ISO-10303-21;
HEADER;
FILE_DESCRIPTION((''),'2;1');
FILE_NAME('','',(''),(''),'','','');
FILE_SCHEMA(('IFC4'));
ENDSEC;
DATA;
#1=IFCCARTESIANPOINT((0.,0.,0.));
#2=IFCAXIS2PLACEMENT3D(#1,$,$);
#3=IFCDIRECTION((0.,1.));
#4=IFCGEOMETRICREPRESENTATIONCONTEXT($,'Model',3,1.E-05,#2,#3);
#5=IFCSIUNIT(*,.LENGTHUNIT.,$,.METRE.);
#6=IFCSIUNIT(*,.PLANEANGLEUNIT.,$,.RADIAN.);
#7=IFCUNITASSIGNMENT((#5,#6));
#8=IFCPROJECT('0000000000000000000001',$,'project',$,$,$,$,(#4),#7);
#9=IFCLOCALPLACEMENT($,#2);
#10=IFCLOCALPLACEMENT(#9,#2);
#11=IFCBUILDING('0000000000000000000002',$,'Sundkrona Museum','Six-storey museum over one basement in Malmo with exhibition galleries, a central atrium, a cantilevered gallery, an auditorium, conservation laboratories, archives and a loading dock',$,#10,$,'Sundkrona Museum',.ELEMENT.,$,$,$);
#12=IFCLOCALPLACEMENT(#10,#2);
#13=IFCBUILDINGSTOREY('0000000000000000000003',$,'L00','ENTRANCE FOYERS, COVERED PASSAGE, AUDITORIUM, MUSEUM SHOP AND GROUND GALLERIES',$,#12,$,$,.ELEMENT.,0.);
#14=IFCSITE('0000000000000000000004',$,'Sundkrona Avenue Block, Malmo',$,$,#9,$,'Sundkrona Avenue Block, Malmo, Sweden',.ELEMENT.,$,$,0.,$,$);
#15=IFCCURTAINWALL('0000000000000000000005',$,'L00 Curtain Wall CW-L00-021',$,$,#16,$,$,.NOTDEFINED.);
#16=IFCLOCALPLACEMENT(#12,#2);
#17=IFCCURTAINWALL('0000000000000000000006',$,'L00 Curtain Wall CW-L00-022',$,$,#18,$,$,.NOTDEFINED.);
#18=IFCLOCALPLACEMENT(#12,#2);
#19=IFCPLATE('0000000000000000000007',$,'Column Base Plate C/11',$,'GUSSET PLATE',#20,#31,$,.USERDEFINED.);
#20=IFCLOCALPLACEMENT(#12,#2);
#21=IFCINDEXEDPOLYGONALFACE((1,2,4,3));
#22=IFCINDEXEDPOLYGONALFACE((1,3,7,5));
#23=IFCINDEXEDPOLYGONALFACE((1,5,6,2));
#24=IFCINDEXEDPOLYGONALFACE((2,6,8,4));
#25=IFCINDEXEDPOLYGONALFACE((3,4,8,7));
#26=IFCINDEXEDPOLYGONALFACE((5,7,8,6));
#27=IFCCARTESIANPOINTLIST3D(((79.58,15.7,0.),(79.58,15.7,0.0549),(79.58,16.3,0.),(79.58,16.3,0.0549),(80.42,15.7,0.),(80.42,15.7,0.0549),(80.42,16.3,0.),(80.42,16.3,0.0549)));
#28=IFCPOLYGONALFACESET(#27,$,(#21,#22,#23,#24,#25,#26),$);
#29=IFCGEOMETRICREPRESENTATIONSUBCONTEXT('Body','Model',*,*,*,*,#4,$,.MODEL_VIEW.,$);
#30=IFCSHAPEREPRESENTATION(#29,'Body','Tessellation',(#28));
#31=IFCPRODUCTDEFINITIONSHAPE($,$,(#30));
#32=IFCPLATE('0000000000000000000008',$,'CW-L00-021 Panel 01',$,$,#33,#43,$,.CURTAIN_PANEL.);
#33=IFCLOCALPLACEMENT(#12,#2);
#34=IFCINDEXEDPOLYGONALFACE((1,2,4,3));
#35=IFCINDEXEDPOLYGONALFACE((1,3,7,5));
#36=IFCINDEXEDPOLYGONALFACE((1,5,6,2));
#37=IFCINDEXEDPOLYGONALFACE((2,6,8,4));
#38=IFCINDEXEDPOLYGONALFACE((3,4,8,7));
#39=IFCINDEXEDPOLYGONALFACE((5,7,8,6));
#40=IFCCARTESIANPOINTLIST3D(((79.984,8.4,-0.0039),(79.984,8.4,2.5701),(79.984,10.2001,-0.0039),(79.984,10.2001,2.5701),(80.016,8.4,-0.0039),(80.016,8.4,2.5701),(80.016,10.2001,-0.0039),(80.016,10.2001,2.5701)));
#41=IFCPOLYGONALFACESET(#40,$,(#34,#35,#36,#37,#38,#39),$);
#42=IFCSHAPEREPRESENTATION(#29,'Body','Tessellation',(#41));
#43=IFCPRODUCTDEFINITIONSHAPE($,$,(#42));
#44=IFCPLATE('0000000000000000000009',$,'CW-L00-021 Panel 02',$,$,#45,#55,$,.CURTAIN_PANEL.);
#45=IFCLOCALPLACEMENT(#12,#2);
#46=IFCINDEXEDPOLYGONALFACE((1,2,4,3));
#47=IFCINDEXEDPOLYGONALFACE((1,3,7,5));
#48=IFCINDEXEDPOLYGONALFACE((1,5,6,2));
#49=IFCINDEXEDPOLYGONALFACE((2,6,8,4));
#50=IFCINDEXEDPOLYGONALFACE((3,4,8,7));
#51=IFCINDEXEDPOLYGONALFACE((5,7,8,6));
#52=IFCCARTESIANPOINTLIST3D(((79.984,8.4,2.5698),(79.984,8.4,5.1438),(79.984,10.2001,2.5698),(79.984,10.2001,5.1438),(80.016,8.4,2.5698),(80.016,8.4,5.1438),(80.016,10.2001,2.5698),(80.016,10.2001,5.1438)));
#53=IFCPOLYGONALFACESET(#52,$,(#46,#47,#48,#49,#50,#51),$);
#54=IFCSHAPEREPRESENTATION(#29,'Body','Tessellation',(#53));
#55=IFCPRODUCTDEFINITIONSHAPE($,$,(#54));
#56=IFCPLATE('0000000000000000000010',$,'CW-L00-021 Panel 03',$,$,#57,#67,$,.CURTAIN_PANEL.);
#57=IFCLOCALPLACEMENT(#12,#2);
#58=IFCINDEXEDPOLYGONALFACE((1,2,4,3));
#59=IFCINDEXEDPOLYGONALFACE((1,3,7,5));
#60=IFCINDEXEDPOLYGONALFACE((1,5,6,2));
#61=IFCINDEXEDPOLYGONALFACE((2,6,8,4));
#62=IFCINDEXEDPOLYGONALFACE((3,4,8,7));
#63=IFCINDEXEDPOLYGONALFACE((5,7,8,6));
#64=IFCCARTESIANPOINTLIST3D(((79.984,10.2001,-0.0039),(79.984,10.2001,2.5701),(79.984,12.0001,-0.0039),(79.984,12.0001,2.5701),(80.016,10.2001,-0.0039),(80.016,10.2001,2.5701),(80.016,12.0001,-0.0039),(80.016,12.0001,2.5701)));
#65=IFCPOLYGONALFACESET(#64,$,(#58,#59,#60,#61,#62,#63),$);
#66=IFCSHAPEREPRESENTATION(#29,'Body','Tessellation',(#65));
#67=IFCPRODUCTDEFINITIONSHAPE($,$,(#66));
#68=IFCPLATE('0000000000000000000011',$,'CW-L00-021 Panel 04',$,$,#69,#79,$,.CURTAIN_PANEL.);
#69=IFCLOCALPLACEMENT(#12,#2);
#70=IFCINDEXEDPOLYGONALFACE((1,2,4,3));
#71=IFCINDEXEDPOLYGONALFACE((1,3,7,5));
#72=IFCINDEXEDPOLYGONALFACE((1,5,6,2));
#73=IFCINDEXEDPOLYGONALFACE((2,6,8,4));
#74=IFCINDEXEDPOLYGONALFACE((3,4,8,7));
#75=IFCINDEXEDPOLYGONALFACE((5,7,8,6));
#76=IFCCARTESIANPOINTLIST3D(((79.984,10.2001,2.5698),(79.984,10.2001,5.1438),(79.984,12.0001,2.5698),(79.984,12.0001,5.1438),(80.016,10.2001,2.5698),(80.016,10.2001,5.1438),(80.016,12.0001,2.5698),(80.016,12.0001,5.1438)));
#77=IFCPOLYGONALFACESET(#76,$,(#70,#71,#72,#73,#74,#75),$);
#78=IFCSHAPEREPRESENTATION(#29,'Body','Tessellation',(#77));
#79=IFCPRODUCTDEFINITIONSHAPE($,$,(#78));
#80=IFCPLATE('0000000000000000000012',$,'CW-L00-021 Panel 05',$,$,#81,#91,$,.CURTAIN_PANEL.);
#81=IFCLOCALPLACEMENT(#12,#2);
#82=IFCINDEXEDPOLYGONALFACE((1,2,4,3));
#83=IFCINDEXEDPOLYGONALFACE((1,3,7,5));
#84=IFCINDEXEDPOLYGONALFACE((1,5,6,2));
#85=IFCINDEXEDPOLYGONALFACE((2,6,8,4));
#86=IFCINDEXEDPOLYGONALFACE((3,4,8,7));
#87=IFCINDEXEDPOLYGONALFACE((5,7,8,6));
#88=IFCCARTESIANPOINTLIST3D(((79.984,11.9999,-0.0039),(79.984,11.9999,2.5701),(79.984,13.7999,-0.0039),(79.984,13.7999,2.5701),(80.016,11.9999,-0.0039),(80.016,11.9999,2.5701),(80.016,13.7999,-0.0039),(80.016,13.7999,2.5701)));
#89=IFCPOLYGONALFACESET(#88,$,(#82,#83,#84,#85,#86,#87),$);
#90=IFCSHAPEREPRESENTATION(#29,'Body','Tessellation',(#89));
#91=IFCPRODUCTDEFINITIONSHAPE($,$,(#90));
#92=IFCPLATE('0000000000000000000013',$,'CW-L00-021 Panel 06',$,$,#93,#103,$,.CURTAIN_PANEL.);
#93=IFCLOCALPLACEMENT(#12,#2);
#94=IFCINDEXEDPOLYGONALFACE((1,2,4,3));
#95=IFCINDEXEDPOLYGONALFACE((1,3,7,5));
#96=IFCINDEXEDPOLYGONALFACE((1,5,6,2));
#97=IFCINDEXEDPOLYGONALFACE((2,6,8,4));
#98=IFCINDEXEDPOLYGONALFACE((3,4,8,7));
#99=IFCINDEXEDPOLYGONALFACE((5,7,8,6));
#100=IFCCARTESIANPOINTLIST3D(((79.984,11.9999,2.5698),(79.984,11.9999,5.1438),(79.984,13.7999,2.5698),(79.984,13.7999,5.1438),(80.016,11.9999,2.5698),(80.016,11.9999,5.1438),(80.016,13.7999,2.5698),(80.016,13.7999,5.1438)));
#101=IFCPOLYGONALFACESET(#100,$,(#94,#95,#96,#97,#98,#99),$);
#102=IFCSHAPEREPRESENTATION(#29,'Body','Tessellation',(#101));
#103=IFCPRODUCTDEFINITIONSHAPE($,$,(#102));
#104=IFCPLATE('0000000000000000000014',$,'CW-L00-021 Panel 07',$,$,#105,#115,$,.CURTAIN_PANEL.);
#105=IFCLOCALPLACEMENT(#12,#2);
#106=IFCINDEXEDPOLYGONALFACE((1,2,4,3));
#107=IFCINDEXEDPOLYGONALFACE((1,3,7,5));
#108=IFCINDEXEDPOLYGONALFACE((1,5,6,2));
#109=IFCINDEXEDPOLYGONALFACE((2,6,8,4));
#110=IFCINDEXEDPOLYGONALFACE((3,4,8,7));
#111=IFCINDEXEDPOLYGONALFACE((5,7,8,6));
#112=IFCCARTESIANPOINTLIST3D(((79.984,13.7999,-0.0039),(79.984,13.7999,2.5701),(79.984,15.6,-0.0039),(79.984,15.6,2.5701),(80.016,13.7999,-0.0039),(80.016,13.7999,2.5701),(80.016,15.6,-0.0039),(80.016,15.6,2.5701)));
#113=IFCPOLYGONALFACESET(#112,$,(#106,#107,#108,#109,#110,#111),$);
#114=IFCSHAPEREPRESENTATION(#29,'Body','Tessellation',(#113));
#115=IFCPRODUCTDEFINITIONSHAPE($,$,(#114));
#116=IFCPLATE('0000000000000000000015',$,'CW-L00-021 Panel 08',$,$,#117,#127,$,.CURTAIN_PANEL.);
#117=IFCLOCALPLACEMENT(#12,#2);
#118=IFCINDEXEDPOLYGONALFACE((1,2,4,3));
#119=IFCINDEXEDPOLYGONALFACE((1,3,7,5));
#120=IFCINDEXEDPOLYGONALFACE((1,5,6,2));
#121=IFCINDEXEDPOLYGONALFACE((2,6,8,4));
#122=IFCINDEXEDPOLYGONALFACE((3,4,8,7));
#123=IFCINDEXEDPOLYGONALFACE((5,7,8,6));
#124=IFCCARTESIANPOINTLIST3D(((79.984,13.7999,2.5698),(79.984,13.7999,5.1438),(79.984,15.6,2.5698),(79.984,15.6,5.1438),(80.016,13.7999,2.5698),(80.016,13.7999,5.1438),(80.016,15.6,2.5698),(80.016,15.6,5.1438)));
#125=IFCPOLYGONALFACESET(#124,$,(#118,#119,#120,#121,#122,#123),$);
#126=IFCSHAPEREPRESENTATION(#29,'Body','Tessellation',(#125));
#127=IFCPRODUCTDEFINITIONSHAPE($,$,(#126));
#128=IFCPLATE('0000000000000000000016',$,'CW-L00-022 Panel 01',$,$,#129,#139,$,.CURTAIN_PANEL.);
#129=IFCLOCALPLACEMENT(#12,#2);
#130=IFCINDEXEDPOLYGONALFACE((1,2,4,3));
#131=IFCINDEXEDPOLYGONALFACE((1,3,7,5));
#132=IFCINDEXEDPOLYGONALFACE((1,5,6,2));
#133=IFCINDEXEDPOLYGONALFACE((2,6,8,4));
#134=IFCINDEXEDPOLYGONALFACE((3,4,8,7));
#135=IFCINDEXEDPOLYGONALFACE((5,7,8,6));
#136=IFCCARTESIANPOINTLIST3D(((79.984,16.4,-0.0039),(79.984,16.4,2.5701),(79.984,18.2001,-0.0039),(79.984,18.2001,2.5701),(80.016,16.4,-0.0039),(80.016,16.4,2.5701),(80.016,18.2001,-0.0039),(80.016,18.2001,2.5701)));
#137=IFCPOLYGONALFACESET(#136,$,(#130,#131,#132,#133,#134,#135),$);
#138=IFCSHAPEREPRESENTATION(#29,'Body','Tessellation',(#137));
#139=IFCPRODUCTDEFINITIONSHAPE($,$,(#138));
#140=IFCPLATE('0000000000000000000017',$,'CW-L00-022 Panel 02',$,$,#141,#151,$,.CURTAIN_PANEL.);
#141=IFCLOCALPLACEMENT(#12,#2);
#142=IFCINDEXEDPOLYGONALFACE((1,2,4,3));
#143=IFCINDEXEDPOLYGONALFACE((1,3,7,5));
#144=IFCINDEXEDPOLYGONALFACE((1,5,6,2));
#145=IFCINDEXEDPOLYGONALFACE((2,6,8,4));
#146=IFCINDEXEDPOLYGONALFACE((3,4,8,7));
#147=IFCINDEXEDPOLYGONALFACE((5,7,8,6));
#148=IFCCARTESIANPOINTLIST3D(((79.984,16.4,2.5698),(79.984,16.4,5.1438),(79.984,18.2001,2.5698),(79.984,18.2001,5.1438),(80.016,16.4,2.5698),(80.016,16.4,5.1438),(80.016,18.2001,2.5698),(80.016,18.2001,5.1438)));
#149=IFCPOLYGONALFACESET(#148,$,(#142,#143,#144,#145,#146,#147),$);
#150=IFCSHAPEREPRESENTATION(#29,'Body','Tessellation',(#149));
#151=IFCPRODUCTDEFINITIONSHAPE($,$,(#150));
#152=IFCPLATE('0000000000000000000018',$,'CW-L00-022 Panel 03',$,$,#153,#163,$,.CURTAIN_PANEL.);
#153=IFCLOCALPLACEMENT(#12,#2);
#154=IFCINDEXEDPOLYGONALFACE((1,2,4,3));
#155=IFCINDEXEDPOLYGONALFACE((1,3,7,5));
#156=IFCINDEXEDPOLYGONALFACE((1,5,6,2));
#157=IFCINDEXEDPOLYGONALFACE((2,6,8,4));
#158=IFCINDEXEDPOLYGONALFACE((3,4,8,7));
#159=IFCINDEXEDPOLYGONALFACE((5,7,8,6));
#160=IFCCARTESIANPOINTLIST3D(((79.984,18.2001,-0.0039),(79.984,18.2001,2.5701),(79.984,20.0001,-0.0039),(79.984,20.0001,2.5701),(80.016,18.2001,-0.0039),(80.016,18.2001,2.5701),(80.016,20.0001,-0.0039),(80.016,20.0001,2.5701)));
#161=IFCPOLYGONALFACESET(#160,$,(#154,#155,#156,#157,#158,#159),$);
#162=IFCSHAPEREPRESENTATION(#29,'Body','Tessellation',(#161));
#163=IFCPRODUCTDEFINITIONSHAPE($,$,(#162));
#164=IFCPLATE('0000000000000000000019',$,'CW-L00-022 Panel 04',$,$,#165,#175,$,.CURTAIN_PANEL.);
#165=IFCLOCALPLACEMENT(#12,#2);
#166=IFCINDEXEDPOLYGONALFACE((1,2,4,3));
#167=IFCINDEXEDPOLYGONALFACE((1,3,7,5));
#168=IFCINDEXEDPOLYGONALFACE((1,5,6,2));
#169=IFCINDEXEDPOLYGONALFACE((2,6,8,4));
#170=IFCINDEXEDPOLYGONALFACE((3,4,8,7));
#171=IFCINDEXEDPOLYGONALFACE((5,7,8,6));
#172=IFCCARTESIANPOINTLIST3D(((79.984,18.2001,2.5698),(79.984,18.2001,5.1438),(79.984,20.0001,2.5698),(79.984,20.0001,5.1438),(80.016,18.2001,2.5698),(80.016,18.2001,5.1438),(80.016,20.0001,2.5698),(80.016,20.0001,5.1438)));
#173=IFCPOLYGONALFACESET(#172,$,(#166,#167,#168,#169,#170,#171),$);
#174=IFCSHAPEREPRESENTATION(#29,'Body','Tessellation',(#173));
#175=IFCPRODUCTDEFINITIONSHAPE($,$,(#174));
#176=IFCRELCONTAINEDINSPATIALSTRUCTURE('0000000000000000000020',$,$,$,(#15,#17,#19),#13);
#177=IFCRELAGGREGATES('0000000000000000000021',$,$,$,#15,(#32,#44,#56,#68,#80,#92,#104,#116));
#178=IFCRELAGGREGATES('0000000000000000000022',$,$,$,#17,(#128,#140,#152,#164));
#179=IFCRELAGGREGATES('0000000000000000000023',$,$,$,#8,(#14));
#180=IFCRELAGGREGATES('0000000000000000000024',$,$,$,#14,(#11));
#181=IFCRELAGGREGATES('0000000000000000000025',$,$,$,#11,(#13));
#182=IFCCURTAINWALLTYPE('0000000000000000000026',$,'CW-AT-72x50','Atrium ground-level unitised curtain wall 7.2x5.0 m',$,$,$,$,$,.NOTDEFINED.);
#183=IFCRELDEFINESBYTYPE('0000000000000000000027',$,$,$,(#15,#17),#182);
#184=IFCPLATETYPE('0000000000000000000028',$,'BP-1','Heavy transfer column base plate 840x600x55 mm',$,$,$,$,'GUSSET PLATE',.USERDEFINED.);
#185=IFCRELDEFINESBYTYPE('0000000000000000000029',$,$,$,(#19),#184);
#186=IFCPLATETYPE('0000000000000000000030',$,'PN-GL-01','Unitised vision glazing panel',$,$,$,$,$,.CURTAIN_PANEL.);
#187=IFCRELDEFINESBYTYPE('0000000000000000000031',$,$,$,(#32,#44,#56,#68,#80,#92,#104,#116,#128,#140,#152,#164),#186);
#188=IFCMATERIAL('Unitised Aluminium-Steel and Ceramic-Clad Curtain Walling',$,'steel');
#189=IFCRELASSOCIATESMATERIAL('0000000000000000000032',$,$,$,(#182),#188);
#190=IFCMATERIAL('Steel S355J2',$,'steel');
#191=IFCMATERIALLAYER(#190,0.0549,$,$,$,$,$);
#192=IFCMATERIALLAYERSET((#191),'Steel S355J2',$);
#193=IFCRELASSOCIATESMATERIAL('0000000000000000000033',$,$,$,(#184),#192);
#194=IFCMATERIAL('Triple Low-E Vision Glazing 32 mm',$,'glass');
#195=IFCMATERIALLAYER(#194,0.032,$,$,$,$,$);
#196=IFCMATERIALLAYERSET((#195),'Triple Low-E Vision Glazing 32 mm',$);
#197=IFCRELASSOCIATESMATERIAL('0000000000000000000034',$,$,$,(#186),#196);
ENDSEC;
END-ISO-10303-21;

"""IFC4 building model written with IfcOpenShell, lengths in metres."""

from ifc_helpers import new_model, si_unit, direction, frame, origin, origin_2d, place, context, subcontext, project, spatial, rectangle, extrude, material, layer, layer_set, type_object, element, aggregate, save


model = new_model("IFC4")

# Units and contexts
model_context = context("Model", 3, precision=1e-05, world=origin(), true_north=direction((0.0, 1.0)))
body_context = subcontext(model_context, "Body", "Model", "MODEL_VIEW")
ifc_project = project(units=[si_unit("LENGTHUNIT", "METRE"), si_unit("PLANEANGLEUNIT", "RADIAN")], contexts=[model_context])

# Site, building, storey
site_placement = place(None, origin())
site = spatial("IfcSite", under=ifc_project, at=site_placement, Name="Sundkrona Avenue Block, Malmo", LongName="Sundkrona Avenue Block, Malmo, Sweden", CompositionType="ELEMENT", RefElevation=0.0)
building_placement = place(site_placement, origin())
building = spatial("IfcBuilding", under=site, at=building_placement, Name="Sundkrona Museum", Description="Six-storey museum over one basement in Malmo with exhibition galleries, a central atrium, a cantilevered gallery, an auditorium, conservation laboratories, archives and a loading dock", LongName="Sundkrona Museum", CompositionType="ELEMENT")
storey_placement = place(building_placement, origin())
storey = spatial("IfcBuildingStorey", under=building, at=storey_placement, Name="L00", Description="ENTRANCE FOYERS, COVERED PASSAGE, AUDITORIUM, MUSEUM SHOP AND GROUND GALLERIES", CompositionType="ELEMENT", Elevation=0.0)

# Shared definitions
ifc_material_1 = material(Name="Steel S355J2", Category="steel")

# Curtain walls
ifc_material_2 = material(Name="Unitised Aluminium-Steel and Ceramic-Clad Curtain Walling", Category="steel")
curtain_wall_type = type_object("IfcCurtainWallType", Name="CW-AT-72x50", Description="Atrium ground-level unitised curtain wall 7.2x5.0 m", PredefinedType="NOTDEFINED", material=ifc_material_2)
curtain_wall_1_placement = place(storey_placement, origin())
curtain_wall_1 = element("IfcCurtainWall", 1, at=curtain_wall_1_placement, inside=storey, type_object=curtain_wall_type, Name="L00 Curtain Wall CW-L00-021", PredefinedType="NOTDEFINED")
curtain_wall_2_placement = place(storey_placement, origin())
curtain_wall_2 = element("IfcCurtainWall", 2, at=curtain_wall_2_placement, inside=storey, type_object=curtain_wall_type, Name="L00 Curtain Wall CW-L00-022", PredefinedType="NOTDEFINED")

# Plates
ifc_layer_1 = layer(ifc_material_1, 0.0549)
ifc_layer_set_1 = layer_set([ifc_layer_1], Name="Steel S355J2")
plate_type_1 = type_object("IfcPlateType", Name="BP-1", Description="Heavy transfer column base plate 840x600x55 mm", ElementType="GUSSET PLATE", PredefinedType="USERDEFINED", material=ifc_layer_set_1)
plate_1_placement = place(storey_placement, frame((80.0, 16.0, 0.0), z_axis=(0.0, 0.0, 1.0), x_axis=(1.0, 0.0, 0.0)))
element("IfcPlate", 3, at=plate_1_placement, inside=storey, type_object=plate_type_1, Name="Column Base Plate C/11", ObjectType="GUSSET PLATE", PredefinedType="USERDEFINED", context=body_context, shape_type="SweptSolid", body=[
    extrude(rectangle(XDim=0.8401, YDim=0.6001, at=origin_2d()), origin(), (0.0, 0.0, 1.0), 0.0549),
])
ifc_material_3 = material(Name="Triple Low-E Vision Glazing 32 mm", Category="glass")
ifc_layer_2 = layer(ifc_material_3, 0.032)
ifc_layer_set_2 = layer_set([ifc_layer_2], Name="Triple Low-E Vision Glazing 32 mm")
plate_type_2 = type_object("IfcPlateType", Name="PN-GL-01", Description="Unitised vision glazing panel", PredefinedType="CURTAIN_PANEL", material=ifc_layer_set_2)
plate_2_placement = place(storey_placement, frame((80.0, 9.3, -0.0039), z_axis=(0.0, 0.0, 1.0), x_axis=(0.0, 1.0, 0.0)))
plate_2 = element("IfcPlate", 4, at=plate_2_placement, type_object=plate_type_2, Name="CW-L00-021 Panel 01", PredefinedType="CURTAIN_PANEL", context=body_context, shape_type="SweptSolid", body=[
    extrude(rectangle(XDim=1.8, YDim=0.032, at=origin_2d()), origin(), (0.0, 0.0, 1.0), 2.574),
])
plate_3_placement = place(storey_placement, frame((80.0, 9.3, 2.5698), z_axis=(0.0, 0.0, 1.0), x_axis=(0.0, 1.0, 0.0)))
plate_3 = element("IfcPlate", 5, at=plate_3_placement, type_object=plate_type_2, Name="CW-L00-021 Panel 02", PredefinedType="CURTAIN_PANEL", context=body_context, shape_type="SweptSolid", body=[
    extrude(rectangle(XDim=1.8, YDim=0.032, at=origin_2d()), origin(), (0.0, 0.0, 1.0), 2.574),
])
plate_4_placement = place(storey_placement, frame((80.0, 11.1001, -0.0039), z_axis=(0.0, 0.0, 1.0), x_axis=(0.0, 1.0, 0.0)))
plate_4 = element("IfcPlate", 6, at=plate_4_placement, type_object=plate_type_2, Name="CW-L00-021 Panel 03", PredefinedType="CURTAIN_PANEL", context=body_context, shape_type="SweptSolid", body=[
    extrude(rectangle(XDim=1.8, YDim=0.032, at=origin_2d()), origin(), (0.0, 0.0, 1.0), 2.574),
])
plate_5_placement = place(storey_placement, frame((80.0, 11.1001, 2.5698), z_axis=(0.0, 0.0, 1.0), x_axis=(0.0, 1.0, 0.0)))
plate_5 = element("IfcPlate", 7, at=plate_5_placement, type_object=plate_type_2, Name="CW-L00-021 Panel 04", PredefinedType="CURTAIN_PANEL", context=body_context, shape_type="SweptSolid", body=[
    extrude(rectangle(XDim=1.8, YDim=0.032, at=origin_2d()), origin(), (0.0, 0.0, 1.0), 2.574),
])
plate_6_placement = place(storey_placement, frame((80.0, 12.8999, -0.0039), z_axis=(0.0, 0.0, 1.0), x_axis=(0.0, 1.0, 0.0)))
plate_6 = element("IfcPlate", 8, at=plate_6_placement, type_object=plate_type_2, Name="CW-L00-021 Panel 05", PredefinedType="CURTAIN_PANEL", context=body_context, shape_type="SweptSolid", body=[
    extrude(rectangle(XDim=1.8, YDim=0.032, at=origin_2d()), origin(), (0.0, 0.0, 1.0), 2.574),
])
plate_7_placement = place(storey_placement, frame((80.0, 12.8999, 2.5698), z_axis=(0.0, 0.0, 1.0), x_axis=(0.0, 1.0, 0.0)))
plate_7 = element("IfcPlate", 9, at=plate_7_placement, type_object=plate_type_2, Name="CW-L00-021 Panel 06", PredefinedType="CURTAIN_PANEL", context=body_context, shape_type="SweptSolid", body=[
    extrude(rectangle(XDim=1.8, YDim=0.032, at=origin_2d()), origin(), (0.0, 0.0, 1.0), 2.574),
])
plate_8_placement = place(storey_placement, frame((80.0, 14.7, -0.0039), z_axis=(0.0, 0.0, 1.0), x_axis=(0.0, 1.0, 0.0)))
plate_8 = element("IfcPlate", 10, at=plate_8_placement, type_object=plate_type_2, Name="CW-L00-021 Panel 07", PredefinedType="CURTAIN_PANEL", context=body_context, shape_type="SweptSolid", body=[
    extrude(rectangle(XDim=1.8, YDim=0.032, at=origin_2d()), origin(), (0.0, 0.0, 1.0), 2.574),
])
plate_9_placement = place(storey_placement, frame((80.0, 14.7, 2.5698), z_axis=(0.0, 0.0, 1.0), x_axis=(0.0, 1.0, 0.0)))
plate_9 = element("IfcPlate", 11, at=plate_9_placement, type_object=plate_type_2, Name="CW-L00-021 Panel 08", PredefinedType="CURTAIN_PANEL", context=body_context, shape_type="SweptSolid", body=[
    extrude(rectangle(XDim=1.8, YDim=0.032, at=origin_2d()), origin(), (0.0, 0.0, 1.0), 2.574),
])
aggregate(curtain_wall_1, [plate_2, plate_3, plate_4, plate_5, plate_6, plate_7, plate_8, plate_9])
plate_10_placement = place(storey_placement, frame((80.0, 17.3, -0.0039), z_axis=(0.0, 0.0, 1.0), x_axis=(0.0, 1.0, 0.0)))
plate_10 = element("IfcPlate", 12, at=plate_10_placement, type_object=plate_type_2, Name="CW-L00-022 Panel 01", PredefinedType="CURTAIN_PANEL", context=body_context, shape_type="SweptSolid", body=[
    extrude(rectangle(XDim=1.8, YDim=0.032, at=origin_2d()), origin(), (0.0, 0.0, 1.0), 2.574),
])
plate_11_placement = place(storey_placement, frame((80.0, 17.3, 2.5698), z_axis=(0.0, 0.0, 1.0), x_axis=(0.0, 1.0, 0.0)))
plate_11 = element("IfcPlate", 13, at=plate_11_placement, type_object=plate_type_2, Name="CW-L00-022 Panel 02", PredefinedType="CURTAIN_PANEL", context=body_context, shape_type="SweptSolid", body=[
    extrude(rectangle(XDim=1.8, YDim=0.032, at=origin_2d()), origin(), (0.0, 0.0, 1.0), 2.574),
])
plate_12_placement = place(storey_placement, frame((80.0, 19.1001, -0.0039), z_axis=(0.0, 0.0, 1.0), x_axis=(0.0, 1.0, 0.0)))
plate_12 = element("IfcPlate", 14, at=plate_12_placement, type_object=plate_type_2, Name="CW-L00-022 Panel 03", PredefinedType="CURTAIN_PANEL", context=body_context, shape_type="SweptSolid", body=[
    extrude(rectangle(XDim=1.8, YDim=0.032, at=origin_2d()), origin(), (0.0, 0.0, 1.0), 2.574),
])
plate_13_placement = place(storey_placement, frame((80.0, 19.1001, 2.5698), z_axis=(0.0, 0.0, 1.0), x_axis=(0.0, 1.0, 0.0)))
plate_13 = element("IfcPlate", 15, at=plate_13_placement, type_object=plate_type_2, Name="CW-L00-022 Panel 04", PredefinedType="CURTAIN_PANEL", context=body_context, shape_type="SweptSolid", body=[
    extrude(rectangle(XDim=1.8, YDim=0.032, at=origin_2d()), origin(), (0.0, 0.0, 1.0), 2.574),
])
aggregate(curtain_wall_2, [plate_10, plate_11, plate_12, plate_13])

save(model, "model.ifc")
